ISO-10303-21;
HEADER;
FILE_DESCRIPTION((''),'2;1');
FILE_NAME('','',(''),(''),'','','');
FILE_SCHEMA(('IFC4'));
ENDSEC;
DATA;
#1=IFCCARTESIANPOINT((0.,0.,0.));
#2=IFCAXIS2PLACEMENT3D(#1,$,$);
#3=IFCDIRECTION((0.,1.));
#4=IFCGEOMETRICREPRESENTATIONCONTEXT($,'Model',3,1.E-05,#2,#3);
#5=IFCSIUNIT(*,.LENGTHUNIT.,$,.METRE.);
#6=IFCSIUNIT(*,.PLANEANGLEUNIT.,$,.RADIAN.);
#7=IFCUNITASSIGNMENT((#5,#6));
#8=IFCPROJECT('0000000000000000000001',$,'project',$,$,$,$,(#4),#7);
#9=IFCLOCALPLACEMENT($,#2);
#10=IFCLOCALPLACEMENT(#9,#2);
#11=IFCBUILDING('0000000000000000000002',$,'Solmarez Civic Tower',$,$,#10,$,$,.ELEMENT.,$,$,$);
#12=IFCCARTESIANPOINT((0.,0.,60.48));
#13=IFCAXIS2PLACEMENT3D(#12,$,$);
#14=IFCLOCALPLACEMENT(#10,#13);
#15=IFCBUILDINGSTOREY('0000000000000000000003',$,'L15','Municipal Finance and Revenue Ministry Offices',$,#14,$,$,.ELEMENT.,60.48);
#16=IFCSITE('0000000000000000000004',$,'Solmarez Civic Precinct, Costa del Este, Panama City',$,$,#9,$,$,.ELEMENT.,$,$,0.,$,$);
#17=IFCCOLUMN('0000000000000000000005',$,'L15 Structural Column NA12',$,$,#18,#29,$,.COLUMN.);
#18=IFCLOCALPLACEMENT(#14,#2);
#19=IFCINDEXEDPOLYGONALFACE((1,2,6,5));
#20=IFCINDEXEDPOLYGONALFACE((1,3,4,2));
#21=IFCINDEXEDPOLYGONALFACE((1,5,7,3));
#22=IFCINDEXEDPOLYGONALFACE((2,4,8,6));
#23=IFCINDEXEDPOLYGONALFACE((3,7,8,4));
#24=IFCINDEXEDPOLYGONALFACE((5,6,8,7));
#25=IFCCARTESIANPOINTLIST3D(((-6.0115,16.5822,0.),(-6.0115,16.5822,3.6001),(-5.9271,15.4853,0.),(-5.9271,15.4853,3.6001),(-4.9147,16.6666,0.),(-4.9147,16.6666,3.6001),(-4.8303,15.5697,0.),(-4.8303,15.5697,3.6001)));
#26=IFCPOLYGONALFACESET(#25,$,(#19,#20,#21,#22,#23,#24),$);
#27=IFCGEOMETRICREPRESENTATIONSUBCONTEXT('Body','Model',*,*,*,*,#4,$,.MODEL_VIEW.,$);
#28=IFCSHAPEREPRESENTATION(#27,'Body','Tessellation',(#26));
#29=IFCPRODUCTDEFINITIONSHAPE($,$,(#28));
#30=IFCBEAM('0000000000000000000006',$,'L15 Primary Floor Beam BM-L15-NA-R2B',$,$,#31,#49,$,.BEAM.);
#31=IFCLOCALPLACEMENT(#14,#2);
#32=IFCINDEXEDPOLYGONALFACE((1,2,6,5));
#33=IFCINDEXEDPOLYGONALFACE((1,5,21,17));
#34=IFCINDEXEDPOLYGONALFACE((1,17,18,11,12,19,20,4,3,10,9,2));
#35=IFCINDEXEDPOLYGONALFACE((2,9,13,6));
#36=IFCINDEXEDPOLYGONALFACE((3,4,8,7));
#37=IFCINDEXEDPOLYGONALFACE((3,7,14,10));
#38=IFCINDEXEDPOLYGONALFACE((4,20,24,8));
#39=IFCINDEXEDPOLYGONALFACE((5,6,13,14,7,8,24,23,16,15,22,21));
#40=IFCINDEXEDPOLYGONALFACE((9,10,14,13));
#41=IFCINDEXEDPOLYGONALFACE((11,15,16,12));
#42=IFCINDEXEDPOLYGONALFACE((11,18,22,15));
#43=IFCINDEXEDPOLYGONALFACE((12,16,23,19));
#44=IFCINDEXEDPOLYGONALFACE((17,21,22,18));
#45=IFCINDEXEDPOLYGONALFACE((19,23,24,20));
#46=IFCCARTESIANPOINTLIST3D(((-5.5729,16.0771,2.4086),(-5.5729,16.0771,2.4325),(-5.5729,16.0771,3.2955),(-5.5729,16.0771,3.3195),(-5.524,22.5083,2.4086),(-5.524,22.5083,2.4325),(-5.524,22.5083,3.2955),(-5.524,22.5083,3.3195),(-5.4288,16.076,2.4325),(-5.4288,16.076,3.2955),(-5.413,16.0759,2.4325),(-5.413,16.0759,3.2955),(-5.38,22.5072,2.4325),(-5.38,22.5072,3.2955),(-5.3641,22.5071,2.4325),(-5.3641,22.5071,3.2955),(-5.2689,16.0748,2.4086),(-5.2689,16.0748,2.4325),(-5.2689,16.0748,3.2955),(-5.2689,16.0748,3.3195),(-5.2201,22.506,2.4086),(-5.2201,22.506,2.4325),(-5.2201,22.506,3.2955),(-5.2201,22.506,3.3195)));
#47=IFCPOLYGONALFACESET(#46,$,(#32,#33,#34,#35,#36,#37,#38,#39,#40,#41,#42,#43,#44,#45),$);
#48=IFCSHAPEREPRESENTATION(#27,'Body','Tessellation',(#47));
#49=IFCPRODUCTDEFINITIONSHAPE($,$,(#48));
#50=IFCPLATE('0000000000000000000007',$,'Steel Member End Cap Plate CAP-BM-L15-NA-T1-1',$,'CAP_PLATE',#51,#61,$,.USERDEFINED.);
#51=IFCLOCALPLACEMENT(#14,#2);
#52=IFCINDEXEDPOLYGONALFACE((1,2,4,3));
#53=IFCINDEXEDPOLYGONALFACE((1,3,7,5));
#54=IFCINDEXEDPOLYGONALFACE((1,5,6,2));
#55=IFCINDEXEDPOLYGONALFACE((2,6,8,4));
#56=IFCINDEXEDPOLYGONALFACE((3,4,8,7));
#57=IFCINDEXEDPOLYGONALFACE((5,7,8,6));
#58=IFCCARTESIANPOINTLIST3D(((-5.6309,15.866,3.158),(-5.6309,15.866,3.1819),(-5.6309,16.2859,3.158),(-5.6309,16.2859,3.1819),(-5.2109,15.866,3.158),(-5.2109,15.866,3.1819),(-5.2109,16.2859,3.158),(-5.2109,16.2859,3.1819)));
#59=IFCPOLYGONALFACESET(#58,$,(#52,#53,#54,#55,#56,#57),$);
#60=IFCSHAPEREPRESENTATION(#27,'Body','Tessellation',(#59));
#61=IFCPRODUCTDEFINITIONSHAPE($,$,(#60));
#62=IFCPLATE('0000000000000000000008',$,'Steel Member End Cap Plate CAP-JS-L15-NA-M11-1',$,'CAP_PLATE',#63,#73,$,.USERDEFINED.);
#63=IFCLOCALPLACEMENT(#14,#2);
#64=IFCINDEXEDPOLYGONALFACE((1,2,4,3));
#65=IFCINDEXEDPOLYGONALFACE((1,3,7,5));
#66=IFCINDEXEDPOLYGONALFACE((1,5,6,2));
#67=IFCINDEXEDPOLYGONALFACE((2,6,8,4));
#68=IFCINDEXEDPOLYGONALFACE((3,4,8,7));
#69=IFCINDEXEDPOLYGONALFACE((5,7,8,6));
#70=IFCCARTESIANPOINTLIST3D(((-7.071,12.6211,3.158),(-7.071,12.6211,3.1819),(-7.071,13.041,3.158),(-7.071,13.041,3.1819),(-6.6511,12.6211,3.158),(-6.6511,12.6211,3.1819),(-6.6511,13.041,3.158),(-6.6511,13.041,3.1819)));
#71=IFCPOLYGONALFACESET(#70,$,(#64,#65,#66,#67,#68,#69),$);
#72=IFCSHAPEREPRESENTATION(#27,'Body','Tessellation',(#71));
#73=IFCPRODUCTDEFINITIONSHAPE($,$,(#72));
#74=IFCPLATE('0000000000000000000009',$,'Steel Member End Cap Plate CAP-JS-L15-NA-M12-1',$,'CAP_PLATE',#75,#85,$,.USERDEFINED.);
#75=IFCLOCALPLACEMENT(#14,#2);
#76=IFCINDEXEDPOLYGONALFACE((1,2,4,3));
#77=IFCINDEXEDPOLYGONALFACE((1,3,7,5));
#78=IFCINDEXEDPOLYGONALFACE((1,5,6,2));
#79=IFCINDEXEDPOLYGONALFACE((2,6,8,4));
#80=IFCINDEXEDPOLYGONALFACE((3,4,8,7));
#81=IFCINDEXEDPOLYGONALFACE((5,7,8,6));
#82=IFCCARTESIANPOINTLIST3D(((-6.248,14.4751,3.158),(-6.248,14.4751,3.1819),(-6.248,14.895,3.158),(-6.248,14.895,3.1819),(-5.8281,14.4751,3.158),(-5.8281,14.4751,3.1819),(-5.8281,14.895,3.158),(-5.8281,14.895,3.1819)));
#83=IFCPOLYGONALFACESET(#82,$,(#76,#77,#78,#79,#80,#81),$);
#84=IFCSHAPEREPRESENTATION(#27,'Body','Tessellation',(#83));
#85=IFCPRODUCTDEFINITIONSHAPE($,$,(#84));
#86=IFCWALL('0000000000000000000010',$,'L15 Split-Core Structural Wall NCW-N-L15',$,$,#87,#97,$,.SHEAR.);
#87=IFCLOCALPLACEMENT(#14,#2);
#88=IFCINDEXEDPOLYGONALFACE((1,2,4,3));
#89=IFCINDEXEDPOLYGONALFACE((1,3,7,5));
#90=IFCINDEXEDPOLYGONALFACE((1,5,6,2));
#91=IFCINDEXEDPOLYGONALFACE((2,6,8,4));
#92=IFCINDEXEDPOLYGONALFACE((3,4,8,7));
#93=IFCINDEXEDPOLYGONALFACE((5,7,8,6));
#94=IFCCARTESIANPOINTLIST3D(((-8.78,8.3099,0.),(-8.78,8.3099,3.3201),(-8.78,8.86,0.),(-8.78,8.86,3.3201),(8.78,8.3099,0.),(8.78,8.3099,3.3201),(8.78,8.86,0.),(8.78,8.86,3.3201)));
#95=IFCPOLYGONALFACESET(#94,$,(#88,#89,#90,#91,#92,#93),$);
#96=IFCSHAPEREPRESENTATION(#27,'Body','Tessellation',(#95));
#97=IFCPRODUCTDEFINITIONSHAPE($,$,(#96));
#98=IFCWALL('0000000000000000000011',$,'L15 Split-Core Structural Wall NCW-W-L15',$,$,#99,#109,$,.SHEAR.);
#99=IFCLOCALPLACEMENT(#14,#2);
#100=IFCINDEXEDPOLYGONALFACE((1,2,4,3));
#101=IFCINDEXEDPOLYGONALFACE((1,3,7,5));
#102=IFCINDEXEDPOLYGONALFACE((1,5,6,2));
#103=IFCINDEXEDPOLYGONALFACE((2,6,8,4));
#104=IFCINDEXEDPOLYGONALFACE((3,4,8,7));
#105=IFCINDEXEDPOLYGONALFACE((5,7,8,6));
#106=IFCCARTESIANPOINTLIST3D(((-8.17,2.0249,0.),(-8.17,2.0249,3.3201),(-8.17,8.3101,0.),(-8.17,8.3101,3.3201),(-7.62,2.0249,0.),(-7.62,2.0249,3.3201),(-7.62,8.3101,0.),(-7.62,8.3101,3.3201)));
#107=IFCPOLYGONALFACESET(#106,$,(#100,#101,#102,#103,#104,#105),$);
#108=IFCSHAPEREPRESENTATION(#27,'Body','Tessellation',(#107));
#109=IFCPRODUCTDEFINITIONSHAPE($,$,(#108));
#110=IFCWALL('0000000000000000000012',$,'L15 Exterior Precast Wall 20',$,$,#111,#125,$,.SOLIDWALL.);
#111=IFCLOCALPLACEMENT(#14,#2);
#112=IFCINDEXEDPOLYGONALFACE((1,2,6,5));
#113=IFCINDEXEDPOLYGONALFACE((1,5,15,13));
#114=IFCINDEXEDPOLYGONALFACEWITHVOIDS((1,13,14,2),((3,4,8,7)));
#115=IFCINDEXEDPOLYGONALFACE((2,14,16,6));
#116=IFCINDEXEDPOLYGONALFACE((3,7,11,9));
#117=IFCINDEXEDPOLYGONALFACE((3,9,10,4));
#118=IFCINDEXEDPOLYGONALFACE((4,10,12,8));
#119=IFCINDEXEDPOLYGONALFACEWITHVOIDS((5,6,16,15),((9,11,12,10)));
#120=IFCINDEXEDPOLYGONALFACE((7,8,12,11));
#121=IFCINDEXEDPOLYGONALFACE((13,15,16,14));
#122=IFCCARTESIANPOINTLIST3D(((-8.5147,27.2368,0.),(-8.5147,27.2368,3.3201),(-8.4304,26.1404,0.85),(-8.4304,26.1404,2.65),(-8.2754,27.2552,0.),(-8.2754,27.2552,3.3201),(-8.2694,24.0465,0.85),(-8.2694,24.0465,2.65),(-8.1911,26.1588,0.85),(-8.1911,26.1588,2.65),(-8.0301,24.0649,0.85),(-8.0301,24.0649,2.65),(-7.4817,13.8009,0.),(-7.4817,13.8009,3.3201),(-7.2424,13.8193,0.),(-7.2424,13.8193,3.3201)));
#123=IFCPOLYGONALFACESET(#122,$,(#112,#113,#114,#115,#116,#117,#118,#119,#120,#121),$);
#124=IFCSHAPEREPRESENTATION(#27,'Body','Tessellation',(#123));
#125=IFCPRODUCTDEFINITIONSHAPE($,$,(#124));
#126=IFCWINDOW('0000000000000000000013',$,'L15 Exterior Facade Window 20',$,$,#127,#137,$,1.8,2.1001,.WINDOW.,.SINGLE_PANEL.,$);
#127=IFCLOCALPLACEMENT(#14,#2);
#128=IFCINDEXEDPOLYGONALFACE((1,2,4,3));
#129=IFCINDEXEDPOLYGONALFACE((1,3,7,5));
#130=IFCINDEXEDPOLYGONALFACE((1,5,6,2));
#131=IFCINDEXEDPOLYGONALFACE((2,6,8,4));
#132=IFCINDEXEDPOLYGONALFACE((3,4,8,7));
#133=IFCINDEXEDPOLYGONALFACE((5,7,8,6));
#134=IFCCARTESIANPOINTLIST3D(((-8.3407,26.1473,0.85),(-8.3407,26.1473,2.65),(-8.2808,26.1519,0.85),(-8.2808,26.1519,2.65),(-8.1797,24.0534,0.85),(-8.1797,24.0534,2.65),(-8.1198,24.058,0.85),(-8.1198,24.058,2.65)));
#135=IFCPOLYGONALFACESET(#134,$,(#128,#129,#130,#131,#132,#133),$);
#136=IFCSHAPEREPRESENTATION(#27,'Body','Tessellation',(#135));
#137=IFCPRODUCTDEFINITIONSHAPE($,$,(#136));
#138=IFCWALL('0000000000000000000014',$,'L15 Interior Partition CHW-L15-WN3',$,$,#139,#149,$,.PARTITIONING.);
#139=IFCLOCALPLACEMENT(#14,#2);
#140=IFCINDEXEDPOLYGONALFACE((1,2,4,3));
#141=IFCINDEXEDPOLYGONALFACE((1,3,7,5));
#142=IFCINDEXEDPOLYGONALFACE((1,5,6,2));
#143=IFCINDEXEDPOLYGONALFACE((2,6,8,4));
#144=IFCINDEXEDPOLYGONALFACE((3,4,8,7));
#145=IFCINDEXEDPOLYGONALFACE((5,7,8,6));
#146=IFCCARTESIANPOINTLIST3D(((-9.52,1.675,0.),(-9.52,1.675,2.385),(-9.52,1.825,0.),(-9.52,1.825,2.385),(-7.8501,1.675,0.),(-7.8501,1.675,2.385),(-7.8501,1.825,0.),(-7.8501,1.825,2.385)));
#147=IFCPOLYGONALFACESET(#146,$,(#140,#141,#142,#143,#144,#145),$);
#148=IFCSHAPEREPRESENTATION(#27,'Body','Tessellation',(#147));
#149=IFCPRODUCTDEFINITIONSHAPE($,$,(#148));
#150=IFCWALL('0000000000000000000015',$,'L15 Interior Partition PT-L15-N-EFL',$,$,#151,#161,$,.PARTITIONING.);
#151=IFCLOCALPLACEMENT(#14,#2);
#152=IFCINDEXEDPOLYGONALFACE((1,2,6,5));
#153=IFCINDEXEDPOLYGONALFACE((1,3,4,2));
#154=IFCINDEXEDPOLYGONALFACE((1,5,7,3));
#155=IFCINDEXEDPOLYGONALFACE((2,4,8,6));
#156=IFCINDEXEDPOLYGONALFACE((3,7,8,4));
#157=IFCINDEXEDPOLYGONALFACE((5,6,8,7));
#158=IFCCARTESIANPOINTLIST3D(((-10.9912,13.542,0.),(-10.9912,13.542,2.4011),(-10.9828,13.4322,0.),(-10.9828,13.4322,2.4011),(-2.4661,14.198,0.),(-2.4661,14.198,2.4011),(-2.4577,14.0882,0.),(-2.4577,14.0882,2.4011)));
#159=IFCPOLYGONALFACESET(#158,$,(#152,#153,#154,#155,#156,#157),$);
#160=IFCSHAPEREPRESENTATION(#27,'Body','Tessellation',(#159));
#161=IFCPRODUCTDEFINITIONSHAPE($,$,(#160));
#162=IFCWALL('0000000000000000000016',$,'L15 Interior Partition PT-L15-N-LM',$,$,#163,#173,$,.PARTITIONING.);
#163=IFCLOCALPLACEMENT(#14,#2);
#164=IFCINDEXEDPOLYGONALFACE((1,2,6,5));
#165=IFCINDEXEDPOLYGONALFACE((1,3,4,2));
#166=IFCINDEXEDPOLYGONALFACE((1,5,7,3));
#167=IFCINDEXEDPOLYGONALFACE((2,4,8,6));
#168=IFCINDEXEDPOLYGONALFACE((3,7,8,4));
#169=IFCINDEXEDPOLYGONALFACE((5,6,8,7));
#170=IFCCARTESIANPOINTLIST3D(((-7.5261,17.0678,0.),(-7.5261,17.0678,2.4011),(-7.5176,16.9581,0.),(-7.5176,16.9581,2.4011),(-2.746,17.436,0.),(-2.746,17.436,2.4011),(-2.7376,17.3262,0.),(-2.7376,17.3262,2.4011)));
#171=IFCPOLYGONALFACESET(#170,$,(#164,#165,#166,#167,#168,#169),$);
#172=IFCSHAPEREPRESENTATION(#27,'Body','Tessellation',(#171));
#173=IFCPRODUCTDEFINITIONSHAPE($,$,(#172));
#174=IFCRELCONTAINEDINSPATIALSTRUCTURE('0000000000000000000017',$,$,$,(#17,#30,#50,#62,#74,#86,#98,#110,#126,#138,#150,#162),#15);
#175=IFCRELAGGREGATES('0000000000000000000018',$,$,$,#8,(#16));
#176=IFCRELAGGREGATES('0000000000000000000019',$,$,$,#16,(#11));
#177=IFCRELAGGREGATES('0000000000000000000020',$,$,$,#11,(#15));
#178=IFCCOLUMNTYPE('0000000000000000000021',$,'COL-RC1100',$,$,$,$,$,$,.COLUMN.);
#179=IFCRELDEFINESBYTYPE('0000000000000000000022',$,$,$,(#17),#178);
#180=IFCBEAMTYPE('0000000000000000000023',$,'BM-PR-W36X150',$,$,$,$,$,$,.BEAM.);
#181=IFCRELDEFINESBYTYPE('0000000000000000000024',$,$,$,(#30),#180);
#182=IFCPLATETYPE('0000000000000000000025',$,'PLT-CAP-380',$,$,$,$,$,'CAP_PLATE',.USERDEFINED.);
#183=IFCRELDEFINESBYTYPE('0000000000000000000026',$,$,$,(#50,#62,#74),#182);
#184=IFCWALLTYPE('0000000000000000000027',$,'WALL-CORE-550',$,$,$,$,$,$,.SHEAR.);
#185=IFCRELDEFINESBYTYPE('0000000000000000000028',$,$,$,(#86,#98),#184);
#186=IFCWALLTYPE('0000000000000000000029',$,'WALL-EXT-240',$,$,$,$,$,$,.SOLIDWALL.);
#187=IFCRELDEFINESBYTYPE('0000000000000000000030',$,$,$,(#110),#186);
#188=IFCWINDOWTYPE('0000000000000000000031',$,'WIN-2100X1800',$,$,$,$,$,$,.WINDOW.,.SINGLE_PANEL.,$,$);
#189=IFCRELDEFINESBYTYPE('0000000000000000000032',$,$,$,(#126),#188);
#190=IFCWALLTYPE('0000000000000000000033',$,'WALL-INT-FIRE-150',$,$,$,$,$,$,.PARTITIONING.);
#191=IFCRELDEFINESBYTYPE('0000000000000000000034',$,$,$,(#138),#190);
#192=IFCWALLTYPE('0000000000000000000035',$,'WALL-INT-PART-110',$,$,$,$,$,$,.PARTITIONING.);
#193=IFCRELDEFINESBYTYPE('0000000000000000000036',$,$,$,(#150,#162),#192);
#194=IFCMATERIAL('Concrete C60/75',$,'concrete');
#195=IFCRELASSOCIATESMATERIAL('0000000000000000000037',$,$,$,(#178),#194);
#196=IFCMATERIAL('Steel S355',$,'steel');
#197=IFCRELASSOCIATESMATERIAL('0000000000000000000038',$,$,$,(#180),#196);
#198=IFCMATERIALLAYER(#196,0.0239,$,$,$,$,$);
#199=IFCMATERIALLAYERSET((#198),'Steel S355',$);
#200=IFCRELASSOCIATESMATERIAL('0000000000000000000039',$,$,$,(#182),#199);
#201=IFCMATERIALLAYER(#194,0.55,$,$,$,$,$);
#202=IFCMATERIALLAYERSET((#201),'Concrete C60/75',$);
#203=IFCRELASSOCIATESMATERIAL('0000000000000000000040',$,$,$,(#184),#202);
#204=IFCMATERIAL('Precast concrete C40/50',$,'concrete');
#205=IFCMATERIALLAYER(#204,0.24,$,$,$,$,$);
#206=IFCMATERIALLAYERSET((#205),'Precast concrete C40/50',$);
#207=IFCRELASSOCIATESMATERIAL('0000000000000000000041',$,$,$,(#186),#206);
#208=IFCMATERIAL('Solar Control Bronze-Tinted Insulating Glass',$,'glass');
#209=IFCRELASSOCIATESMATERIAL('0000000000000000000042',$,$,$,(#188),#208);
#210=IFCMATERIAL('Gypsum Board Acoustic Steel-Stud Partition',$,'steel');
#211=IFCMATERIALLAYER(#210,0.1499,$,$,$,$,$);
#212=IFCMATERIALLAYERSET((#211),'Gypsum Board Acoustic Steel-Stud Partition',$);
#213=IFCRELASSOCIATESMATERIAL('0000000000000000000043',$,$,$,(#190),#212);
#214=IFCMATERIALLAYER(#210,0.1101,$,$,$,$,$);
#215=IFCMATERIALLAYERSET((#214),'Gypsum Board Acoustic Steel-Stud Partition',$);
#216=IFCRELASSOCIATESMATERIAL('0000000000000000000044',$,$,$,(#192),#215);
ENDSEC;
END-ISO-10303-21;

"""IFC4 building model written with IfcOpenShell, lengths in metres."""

from ifc_helpers import new_model, si_unit, direction, frame, frame_2d, origin, origin_2d, place, context, subcontext, project, spatial, rectangle, i_section, extrude, material, layer, layer_set, material_profile, profile_set, type_object, element, fill, save


model = new_model("IFC4")

# Units and contexts
model_context = context("Model", 3, precision=1e-05, world=origin(), true_north=direction((0.0, 1.0)))
body_context = subcontext(model_context, "Body", "Model", "MODEL_VIEW")
ifc_project = project(units=[si_unit("LENGTHUNIT", "METRE"), si_unit("PLANEANGLEUNIT", "RADIAN")], contexts=[model_context])

# Site, building, storey
site_placement = place(None, origin())
site = spatial("IfcSite", under=ifc_project, at=site_placement, Name="Solmarez Civic Precinct, Costa del Este, Panama City", CompositionType="ELEMENT", RefElevation=0.0)
building_placement = place(site_placement, origin())
building = spatial("IfcBuilding", under=site, at=building_placement, Name="Solmarez Civic Tower", CompositionType="ELEMENT")
storey_placement = place(building_placement, frame((0.0, 0.0, 60.48)))
storey = spatial("IfcBuildingStorey", under=building, at=storey_placement, Name="L15", Description="Municipal Finance and Revenue Ministry Offices", CompositionType="ELEMENT", Elevation=60.48)

# Column
ifc_material_1 = material(Name="Concrete C60/75", Category="concrete")
ifc_material_profile_1 = material_profile(ifc_material_1, rectangle(XDim=1.1001, YDim=1.1001, at=origin_2d()), Name="RC1100X1100")
ifc_profile_set_1 = profile_set([ifc_material_profile_1], Name="Concrete C60/75")
column_type = type_object("IfcColumnType", Name="COL-RC1100", PredefinedType="COLUMN", material=ifc_profile_set_1)
column_placement = place(storey_placement, frame((-5.4209, 16.0759, 0.0), z_axis=(0.0, 0.0, 1.0), x_axis=(0.997053, 0.076719, 0.0)))
element("IfcColumn", 1, at=column_placement, inside=storey, type_object=column_type, Name="L15 Structural Column NA12", PredefinedType="COLUMN", context=body_context, shape_type="SweptSolid", body=[
    extrude(rectangle(XDim=1.1001, YDim=1.1001, at=origin_2d()), origin(), (0.0, 0.0, 1.0), 3.6001),
])

# Beam
ifc_material_2 = material(Name="Steel S355", Category="steel")
ifc_material_profile_2 = material_profile(ifc_material_2, i_section(OverallWidth=0.304, OverallDepth=0.9109, WebThickness=0.0159, FlangeThickness=0.0239, at=origin_2d()), Name="W36X150")
ifc_profile_set_2 = profile_set([ifc_material_profile_2], Name="Steel S355")
beam_type = type_object("IfcBeamType", Name="BM-PR-W36X150", PredefinedType="BEAM", material=ifc_profile_set_2)
beam_placement = place(storey_placement, frame((-5.4209, 16.0759, 2.864), z_axis=(0.007592, 0.999971, 0.0), x_axis=(-0.999971, 0.007592, 0.0)))
element("IfcBeam", 2, at=beam_placement, inside=storey, type_object=beam_type, Name="L15 Primary Floor Beam BM-L15-NA-R2B", PredefinedType="BEAM", context=body_context, shape_type="SweptSolid", body=[
    extrude(i_section(OverallWidth=0.304, OverallDepth=0.9109, WebThickness=0.0159, FlangeThickness=0.0239, at=origin_2d()), origin(), (0.0, 0.0, 1.0), 6.4314),
])

# Plates
ifc_layer_1 = layer(ifc_material_2, 0.0239)
ifc_layer_set_1 = layer_set([ifc_layer_1], Name="Steel S355")
plate_type = type_object("IfcPlateType", Name="PLT-CAP-380", ElementType="CAP_PLATE", PredefinedType="USERDEFINED", material=ifc_layer_set_1)
for number, where, z_axis, x_axis, name in (
    (3, (-5.4209, 16.0759, 3.158), (0.0, 0.0, 1.0), (1.0, 0.0, 0.0), "Steel Member End Cap Plate CAP-BM-L15-NA-T1-1"),
    (4, (-6.8611, 12.8311, 3.158), (0.0, 0.0, 1.0), (1.0, 0.0, 0.0), "Steel Member End Cap Plate CAP-JS-L15-NA-M11-1"),
    (5, (-6.0381, 14.6851, 3.158), (0.0, 0.0, 1.0), (1.0, 0.0, 0.0), "Steel Member End Cap Plate CAP-JS-L15-NA-M12-1"),
):
    element("IfcPlate", number, at=place(storey_placement, frame(where, z_axis=z_axis, x_axis=x_axis)), inside=storey, type_object=plate_type, Name=name, ObjectType="CAP_PLATE", PredefinedType="USERDEFINED", context=body_context, shape_type="SweptSolid", body=[
        extrude(rectangle(XDim=0.4199, YDim=0.4199, at=origin_2d()), origin(), (0.0, 0.0, 1.0), 0.0239),
    ])

# Walls
ifc_layer_2 = layer(ifc_material_1, 0.55)
ifc_layer_set_2 = layer_set([ifc_layer_2], Name="Concrete C60/75")
wall_type_1 = type_object("IfcWallType", Name="WALL-CORE-550", PredefinedType="SHEAR", material=ifc_layer_set_2)
wall_1_placement = place(storey_placement, frame((-8.78, 8.585, 0.0), z_axis=(0.0, 0.0, 1.0), x_axis=(1.0, 0.0, 0.0)))
element("IfcWall", 6, at=wall_1_placement, inside=storey, type_object=wall_type_1, Name="L15 Split-Core Structural Wall NCW-N-L15", PredefinedType="SHEAR", context=body_context, shape_type="SweptSolid", body=[
    extrude(rectangle(XDim=17.5601, YDim=0.55, at=frame_2d((8.78, 0.0))), origin(), (0.0, 0.0, 1.0), 3.3201),
])
wall_2_placement = place(storey_placement, frame((-7.895, 2.0249, 0.0), z_axis=(0.0, 0.0, 1.0), x_axis=(0.0, 1.0, 0.0)))
element("IfcWall", 7, at=wall_2_placement, inside=storey, type_object=wall_type_1, Name="L15 Split-Core Structural Wall NCW-W-L15", PredefinedType="SHEAR", context=body_context, shape_type="SweptSolid", body=[
    extrude(rectangle(XDim=6.2852, YDim=0.55, at=frame_2d((3.1426, 0.0))), origin(), (0.0, 0.0, 1.0), 3.3201),
])

# Wall, opening, window
ifc_material_3 = material(Name="Precast concrete C40/50", Category="concrete")
ifc_layer_3 = layer(ifc_material_3, 0.24)
ifc_layer_set_3 = layer_set([ifc_layer_3], Name="Precast concrete C40/50")
wall_type_2 = type_object("IfcWallType", Name="WALL-EXT-240", PredefinedType="SOLIDWALL", material=ifc_layer_set_3)
wall_3_placement = place(storey_placement, frame((-7.3621, 13.8101, 0.0), z_axis=(0.0, 0.0, 1.0), x_axis=(-0.076654, 0.997058, 0.0)))
wall_3 = element("IfcWall", 8, at=wall_3_placement, inside=storey, type_object=wall_type_2, Name="L15 Exterior Precast Wall 20", PredefinedType="SOLIDWALL", context=body_context, shape_type="SweptSolid", body=[
    extrude(rectangle(XDim=13.4756, YDim=0.24, at=frame_2d((6.7378, 0.0))), origin(), (0.0, 0.0, 1.0), 3.3201),
])
opening_placement = place(wall_3_placement, frame((10.2759, 0.0, 0.8501)))
opening = element("IfcOpeningElement", 9, at=opening_placement, cuts=wall_3, PredefinedType="OPENING", context=body_context, shape_type="SweptSolid", body=[
    extrude(rectangle(XDim=2.1001, YDim=1.8, at=frame_2d((1.05, 0.8999))), frame((0.0, 0.1299, 0.0), z_axis=(0.0, -1.0, 0.0), x_axis=(1.0, 0.0, 0.0)), (0.0, 0.0, 1.0), 0.26),
])
ifc_material_4 = material(Name="Solar Control Bronze-Tinted Insulating Glass", Category="glass")
window_type = type_object("IfcWindowType", Name="WIN-2100X1800", PartitioningType="SINGLE_PANEL", PredefinedType="WINDOW", material=ifc_material_4)
window_placement = place(opening_placement, origin())
window = element("IfcWindow", 10, at=window_placement, inside=storey, type_object=window_type, Name="L15 Exterior Facade Window 20", OverallHeight=1.8, OverallWidth=2.1001, PartitioningType="SINGLE_PANEL", PredefinedType="WINDOW", context=body_context, shape_type="SweptSolid", body=[
    extrude(rectangle(XDim=2.1001, YDim=1.8, at=frame_2d((1.05, 0.8999))), frame((0.0, 0.03, 0.0), z_axis=(0.0, -1.0, 0.0), x_axis=(1.0, 0.0, 0.0)), (0.0, 0.0, 1.0), 0.0601),
])
fill(opening, window)

# Walls
ifc_material_5 = material(Name="Gypsum Board Acoustic Steel-Stud Partition", Category="steel")
ifc_layer_4 = layer(ifc_material_5, 0.1499)
ifc_layer_set_4 = layer_set([ifc_layer_4], Name="Gypsum Board Acoustic Steel-Stud Partition")
wall_type_3 = type_object("IfcWallType", Name="WALL-INT-FIRE-150", PredefinedType="PARTITIONING", material=ifc_layer_set_4)
wall_4_placement = place(storey_placement, frame((-7.8501, 1.75, 0.0), z_axis=(0.0, 0.0, 1.0), x_axis=(-1.0, 0.0, 0.0)))
element("IfcWall", 11, at=wall_4_placement, inside=storey, type_object=wall_type_3, Name="L15 Interior Partition CHW-L15-WN3", PredefinedType="PARTITIONING", context=body_context, shape_type="SweptSolid", body=[
    extrude(rectangle(XDim=1.6699, YDim=0.1499, at=frame_2d((0.835, 0.0))), origin(), (0.0, 0.0, 1.0), 2.385),
])
ifc_layer_5 = layer(ifc_material_5, 0.1101)
ifc_layer_set_5 = layer_set([ifc_layer_5], Name="Gypsum Board Acoustic Steel-Stud Partition")
wall_type_4 = type_object("IfcWallType", Name="WALL-INT-PART-110", PredefinedType="PARTITIONING", material=ifc_layer_set_5)
wall_5_placement = place(storey_placement, frame((-2.4619, 14.1431, 0.0), z_axis=(0.0, 0.0, 1.0), x_axis=(-0.997052, -0.076723, 0.0)))
element("IfcWall", 12, at=wall_5_placement, inside=storey, type_object=wall_type_4, Name="L15 Interior Partition PT-L15-N-EFL", PredefinedType="PARTITIONING", context=body_context, shape_type="SweptSolid", body=[
    extrude(rectangle(XDim=8.5503, YDim=0.1101, at=frame_2d((4.2751, 0.0))), origin(), (0.0, 0.0, 1.0), 2.4011),
])
wall_6_placement = place(storey_placement, frame((-2.7419, 17.3811, 0.0), z_axis=(0.0, 0.0, 1.0), x_axis=(-0.997047, -0.076794, 0.0)))
element("IfcWall", 13, at=wall_6_placement, inside=storey, type_object=wall_type_4, Name="L15 Interior Partition PT-L15-N-LM", PredefinedType="PARTITIONING", context=body_context, shape_type="SweptSolid", body=[
    extrude(rectangle(XDim=4.7942, YDim=0.1101, at=frame_2d((2.397, 0.0))), origin(), (0.0, 0.0, 1.0), 2.4011),
])

save(model, "model.ifc")
